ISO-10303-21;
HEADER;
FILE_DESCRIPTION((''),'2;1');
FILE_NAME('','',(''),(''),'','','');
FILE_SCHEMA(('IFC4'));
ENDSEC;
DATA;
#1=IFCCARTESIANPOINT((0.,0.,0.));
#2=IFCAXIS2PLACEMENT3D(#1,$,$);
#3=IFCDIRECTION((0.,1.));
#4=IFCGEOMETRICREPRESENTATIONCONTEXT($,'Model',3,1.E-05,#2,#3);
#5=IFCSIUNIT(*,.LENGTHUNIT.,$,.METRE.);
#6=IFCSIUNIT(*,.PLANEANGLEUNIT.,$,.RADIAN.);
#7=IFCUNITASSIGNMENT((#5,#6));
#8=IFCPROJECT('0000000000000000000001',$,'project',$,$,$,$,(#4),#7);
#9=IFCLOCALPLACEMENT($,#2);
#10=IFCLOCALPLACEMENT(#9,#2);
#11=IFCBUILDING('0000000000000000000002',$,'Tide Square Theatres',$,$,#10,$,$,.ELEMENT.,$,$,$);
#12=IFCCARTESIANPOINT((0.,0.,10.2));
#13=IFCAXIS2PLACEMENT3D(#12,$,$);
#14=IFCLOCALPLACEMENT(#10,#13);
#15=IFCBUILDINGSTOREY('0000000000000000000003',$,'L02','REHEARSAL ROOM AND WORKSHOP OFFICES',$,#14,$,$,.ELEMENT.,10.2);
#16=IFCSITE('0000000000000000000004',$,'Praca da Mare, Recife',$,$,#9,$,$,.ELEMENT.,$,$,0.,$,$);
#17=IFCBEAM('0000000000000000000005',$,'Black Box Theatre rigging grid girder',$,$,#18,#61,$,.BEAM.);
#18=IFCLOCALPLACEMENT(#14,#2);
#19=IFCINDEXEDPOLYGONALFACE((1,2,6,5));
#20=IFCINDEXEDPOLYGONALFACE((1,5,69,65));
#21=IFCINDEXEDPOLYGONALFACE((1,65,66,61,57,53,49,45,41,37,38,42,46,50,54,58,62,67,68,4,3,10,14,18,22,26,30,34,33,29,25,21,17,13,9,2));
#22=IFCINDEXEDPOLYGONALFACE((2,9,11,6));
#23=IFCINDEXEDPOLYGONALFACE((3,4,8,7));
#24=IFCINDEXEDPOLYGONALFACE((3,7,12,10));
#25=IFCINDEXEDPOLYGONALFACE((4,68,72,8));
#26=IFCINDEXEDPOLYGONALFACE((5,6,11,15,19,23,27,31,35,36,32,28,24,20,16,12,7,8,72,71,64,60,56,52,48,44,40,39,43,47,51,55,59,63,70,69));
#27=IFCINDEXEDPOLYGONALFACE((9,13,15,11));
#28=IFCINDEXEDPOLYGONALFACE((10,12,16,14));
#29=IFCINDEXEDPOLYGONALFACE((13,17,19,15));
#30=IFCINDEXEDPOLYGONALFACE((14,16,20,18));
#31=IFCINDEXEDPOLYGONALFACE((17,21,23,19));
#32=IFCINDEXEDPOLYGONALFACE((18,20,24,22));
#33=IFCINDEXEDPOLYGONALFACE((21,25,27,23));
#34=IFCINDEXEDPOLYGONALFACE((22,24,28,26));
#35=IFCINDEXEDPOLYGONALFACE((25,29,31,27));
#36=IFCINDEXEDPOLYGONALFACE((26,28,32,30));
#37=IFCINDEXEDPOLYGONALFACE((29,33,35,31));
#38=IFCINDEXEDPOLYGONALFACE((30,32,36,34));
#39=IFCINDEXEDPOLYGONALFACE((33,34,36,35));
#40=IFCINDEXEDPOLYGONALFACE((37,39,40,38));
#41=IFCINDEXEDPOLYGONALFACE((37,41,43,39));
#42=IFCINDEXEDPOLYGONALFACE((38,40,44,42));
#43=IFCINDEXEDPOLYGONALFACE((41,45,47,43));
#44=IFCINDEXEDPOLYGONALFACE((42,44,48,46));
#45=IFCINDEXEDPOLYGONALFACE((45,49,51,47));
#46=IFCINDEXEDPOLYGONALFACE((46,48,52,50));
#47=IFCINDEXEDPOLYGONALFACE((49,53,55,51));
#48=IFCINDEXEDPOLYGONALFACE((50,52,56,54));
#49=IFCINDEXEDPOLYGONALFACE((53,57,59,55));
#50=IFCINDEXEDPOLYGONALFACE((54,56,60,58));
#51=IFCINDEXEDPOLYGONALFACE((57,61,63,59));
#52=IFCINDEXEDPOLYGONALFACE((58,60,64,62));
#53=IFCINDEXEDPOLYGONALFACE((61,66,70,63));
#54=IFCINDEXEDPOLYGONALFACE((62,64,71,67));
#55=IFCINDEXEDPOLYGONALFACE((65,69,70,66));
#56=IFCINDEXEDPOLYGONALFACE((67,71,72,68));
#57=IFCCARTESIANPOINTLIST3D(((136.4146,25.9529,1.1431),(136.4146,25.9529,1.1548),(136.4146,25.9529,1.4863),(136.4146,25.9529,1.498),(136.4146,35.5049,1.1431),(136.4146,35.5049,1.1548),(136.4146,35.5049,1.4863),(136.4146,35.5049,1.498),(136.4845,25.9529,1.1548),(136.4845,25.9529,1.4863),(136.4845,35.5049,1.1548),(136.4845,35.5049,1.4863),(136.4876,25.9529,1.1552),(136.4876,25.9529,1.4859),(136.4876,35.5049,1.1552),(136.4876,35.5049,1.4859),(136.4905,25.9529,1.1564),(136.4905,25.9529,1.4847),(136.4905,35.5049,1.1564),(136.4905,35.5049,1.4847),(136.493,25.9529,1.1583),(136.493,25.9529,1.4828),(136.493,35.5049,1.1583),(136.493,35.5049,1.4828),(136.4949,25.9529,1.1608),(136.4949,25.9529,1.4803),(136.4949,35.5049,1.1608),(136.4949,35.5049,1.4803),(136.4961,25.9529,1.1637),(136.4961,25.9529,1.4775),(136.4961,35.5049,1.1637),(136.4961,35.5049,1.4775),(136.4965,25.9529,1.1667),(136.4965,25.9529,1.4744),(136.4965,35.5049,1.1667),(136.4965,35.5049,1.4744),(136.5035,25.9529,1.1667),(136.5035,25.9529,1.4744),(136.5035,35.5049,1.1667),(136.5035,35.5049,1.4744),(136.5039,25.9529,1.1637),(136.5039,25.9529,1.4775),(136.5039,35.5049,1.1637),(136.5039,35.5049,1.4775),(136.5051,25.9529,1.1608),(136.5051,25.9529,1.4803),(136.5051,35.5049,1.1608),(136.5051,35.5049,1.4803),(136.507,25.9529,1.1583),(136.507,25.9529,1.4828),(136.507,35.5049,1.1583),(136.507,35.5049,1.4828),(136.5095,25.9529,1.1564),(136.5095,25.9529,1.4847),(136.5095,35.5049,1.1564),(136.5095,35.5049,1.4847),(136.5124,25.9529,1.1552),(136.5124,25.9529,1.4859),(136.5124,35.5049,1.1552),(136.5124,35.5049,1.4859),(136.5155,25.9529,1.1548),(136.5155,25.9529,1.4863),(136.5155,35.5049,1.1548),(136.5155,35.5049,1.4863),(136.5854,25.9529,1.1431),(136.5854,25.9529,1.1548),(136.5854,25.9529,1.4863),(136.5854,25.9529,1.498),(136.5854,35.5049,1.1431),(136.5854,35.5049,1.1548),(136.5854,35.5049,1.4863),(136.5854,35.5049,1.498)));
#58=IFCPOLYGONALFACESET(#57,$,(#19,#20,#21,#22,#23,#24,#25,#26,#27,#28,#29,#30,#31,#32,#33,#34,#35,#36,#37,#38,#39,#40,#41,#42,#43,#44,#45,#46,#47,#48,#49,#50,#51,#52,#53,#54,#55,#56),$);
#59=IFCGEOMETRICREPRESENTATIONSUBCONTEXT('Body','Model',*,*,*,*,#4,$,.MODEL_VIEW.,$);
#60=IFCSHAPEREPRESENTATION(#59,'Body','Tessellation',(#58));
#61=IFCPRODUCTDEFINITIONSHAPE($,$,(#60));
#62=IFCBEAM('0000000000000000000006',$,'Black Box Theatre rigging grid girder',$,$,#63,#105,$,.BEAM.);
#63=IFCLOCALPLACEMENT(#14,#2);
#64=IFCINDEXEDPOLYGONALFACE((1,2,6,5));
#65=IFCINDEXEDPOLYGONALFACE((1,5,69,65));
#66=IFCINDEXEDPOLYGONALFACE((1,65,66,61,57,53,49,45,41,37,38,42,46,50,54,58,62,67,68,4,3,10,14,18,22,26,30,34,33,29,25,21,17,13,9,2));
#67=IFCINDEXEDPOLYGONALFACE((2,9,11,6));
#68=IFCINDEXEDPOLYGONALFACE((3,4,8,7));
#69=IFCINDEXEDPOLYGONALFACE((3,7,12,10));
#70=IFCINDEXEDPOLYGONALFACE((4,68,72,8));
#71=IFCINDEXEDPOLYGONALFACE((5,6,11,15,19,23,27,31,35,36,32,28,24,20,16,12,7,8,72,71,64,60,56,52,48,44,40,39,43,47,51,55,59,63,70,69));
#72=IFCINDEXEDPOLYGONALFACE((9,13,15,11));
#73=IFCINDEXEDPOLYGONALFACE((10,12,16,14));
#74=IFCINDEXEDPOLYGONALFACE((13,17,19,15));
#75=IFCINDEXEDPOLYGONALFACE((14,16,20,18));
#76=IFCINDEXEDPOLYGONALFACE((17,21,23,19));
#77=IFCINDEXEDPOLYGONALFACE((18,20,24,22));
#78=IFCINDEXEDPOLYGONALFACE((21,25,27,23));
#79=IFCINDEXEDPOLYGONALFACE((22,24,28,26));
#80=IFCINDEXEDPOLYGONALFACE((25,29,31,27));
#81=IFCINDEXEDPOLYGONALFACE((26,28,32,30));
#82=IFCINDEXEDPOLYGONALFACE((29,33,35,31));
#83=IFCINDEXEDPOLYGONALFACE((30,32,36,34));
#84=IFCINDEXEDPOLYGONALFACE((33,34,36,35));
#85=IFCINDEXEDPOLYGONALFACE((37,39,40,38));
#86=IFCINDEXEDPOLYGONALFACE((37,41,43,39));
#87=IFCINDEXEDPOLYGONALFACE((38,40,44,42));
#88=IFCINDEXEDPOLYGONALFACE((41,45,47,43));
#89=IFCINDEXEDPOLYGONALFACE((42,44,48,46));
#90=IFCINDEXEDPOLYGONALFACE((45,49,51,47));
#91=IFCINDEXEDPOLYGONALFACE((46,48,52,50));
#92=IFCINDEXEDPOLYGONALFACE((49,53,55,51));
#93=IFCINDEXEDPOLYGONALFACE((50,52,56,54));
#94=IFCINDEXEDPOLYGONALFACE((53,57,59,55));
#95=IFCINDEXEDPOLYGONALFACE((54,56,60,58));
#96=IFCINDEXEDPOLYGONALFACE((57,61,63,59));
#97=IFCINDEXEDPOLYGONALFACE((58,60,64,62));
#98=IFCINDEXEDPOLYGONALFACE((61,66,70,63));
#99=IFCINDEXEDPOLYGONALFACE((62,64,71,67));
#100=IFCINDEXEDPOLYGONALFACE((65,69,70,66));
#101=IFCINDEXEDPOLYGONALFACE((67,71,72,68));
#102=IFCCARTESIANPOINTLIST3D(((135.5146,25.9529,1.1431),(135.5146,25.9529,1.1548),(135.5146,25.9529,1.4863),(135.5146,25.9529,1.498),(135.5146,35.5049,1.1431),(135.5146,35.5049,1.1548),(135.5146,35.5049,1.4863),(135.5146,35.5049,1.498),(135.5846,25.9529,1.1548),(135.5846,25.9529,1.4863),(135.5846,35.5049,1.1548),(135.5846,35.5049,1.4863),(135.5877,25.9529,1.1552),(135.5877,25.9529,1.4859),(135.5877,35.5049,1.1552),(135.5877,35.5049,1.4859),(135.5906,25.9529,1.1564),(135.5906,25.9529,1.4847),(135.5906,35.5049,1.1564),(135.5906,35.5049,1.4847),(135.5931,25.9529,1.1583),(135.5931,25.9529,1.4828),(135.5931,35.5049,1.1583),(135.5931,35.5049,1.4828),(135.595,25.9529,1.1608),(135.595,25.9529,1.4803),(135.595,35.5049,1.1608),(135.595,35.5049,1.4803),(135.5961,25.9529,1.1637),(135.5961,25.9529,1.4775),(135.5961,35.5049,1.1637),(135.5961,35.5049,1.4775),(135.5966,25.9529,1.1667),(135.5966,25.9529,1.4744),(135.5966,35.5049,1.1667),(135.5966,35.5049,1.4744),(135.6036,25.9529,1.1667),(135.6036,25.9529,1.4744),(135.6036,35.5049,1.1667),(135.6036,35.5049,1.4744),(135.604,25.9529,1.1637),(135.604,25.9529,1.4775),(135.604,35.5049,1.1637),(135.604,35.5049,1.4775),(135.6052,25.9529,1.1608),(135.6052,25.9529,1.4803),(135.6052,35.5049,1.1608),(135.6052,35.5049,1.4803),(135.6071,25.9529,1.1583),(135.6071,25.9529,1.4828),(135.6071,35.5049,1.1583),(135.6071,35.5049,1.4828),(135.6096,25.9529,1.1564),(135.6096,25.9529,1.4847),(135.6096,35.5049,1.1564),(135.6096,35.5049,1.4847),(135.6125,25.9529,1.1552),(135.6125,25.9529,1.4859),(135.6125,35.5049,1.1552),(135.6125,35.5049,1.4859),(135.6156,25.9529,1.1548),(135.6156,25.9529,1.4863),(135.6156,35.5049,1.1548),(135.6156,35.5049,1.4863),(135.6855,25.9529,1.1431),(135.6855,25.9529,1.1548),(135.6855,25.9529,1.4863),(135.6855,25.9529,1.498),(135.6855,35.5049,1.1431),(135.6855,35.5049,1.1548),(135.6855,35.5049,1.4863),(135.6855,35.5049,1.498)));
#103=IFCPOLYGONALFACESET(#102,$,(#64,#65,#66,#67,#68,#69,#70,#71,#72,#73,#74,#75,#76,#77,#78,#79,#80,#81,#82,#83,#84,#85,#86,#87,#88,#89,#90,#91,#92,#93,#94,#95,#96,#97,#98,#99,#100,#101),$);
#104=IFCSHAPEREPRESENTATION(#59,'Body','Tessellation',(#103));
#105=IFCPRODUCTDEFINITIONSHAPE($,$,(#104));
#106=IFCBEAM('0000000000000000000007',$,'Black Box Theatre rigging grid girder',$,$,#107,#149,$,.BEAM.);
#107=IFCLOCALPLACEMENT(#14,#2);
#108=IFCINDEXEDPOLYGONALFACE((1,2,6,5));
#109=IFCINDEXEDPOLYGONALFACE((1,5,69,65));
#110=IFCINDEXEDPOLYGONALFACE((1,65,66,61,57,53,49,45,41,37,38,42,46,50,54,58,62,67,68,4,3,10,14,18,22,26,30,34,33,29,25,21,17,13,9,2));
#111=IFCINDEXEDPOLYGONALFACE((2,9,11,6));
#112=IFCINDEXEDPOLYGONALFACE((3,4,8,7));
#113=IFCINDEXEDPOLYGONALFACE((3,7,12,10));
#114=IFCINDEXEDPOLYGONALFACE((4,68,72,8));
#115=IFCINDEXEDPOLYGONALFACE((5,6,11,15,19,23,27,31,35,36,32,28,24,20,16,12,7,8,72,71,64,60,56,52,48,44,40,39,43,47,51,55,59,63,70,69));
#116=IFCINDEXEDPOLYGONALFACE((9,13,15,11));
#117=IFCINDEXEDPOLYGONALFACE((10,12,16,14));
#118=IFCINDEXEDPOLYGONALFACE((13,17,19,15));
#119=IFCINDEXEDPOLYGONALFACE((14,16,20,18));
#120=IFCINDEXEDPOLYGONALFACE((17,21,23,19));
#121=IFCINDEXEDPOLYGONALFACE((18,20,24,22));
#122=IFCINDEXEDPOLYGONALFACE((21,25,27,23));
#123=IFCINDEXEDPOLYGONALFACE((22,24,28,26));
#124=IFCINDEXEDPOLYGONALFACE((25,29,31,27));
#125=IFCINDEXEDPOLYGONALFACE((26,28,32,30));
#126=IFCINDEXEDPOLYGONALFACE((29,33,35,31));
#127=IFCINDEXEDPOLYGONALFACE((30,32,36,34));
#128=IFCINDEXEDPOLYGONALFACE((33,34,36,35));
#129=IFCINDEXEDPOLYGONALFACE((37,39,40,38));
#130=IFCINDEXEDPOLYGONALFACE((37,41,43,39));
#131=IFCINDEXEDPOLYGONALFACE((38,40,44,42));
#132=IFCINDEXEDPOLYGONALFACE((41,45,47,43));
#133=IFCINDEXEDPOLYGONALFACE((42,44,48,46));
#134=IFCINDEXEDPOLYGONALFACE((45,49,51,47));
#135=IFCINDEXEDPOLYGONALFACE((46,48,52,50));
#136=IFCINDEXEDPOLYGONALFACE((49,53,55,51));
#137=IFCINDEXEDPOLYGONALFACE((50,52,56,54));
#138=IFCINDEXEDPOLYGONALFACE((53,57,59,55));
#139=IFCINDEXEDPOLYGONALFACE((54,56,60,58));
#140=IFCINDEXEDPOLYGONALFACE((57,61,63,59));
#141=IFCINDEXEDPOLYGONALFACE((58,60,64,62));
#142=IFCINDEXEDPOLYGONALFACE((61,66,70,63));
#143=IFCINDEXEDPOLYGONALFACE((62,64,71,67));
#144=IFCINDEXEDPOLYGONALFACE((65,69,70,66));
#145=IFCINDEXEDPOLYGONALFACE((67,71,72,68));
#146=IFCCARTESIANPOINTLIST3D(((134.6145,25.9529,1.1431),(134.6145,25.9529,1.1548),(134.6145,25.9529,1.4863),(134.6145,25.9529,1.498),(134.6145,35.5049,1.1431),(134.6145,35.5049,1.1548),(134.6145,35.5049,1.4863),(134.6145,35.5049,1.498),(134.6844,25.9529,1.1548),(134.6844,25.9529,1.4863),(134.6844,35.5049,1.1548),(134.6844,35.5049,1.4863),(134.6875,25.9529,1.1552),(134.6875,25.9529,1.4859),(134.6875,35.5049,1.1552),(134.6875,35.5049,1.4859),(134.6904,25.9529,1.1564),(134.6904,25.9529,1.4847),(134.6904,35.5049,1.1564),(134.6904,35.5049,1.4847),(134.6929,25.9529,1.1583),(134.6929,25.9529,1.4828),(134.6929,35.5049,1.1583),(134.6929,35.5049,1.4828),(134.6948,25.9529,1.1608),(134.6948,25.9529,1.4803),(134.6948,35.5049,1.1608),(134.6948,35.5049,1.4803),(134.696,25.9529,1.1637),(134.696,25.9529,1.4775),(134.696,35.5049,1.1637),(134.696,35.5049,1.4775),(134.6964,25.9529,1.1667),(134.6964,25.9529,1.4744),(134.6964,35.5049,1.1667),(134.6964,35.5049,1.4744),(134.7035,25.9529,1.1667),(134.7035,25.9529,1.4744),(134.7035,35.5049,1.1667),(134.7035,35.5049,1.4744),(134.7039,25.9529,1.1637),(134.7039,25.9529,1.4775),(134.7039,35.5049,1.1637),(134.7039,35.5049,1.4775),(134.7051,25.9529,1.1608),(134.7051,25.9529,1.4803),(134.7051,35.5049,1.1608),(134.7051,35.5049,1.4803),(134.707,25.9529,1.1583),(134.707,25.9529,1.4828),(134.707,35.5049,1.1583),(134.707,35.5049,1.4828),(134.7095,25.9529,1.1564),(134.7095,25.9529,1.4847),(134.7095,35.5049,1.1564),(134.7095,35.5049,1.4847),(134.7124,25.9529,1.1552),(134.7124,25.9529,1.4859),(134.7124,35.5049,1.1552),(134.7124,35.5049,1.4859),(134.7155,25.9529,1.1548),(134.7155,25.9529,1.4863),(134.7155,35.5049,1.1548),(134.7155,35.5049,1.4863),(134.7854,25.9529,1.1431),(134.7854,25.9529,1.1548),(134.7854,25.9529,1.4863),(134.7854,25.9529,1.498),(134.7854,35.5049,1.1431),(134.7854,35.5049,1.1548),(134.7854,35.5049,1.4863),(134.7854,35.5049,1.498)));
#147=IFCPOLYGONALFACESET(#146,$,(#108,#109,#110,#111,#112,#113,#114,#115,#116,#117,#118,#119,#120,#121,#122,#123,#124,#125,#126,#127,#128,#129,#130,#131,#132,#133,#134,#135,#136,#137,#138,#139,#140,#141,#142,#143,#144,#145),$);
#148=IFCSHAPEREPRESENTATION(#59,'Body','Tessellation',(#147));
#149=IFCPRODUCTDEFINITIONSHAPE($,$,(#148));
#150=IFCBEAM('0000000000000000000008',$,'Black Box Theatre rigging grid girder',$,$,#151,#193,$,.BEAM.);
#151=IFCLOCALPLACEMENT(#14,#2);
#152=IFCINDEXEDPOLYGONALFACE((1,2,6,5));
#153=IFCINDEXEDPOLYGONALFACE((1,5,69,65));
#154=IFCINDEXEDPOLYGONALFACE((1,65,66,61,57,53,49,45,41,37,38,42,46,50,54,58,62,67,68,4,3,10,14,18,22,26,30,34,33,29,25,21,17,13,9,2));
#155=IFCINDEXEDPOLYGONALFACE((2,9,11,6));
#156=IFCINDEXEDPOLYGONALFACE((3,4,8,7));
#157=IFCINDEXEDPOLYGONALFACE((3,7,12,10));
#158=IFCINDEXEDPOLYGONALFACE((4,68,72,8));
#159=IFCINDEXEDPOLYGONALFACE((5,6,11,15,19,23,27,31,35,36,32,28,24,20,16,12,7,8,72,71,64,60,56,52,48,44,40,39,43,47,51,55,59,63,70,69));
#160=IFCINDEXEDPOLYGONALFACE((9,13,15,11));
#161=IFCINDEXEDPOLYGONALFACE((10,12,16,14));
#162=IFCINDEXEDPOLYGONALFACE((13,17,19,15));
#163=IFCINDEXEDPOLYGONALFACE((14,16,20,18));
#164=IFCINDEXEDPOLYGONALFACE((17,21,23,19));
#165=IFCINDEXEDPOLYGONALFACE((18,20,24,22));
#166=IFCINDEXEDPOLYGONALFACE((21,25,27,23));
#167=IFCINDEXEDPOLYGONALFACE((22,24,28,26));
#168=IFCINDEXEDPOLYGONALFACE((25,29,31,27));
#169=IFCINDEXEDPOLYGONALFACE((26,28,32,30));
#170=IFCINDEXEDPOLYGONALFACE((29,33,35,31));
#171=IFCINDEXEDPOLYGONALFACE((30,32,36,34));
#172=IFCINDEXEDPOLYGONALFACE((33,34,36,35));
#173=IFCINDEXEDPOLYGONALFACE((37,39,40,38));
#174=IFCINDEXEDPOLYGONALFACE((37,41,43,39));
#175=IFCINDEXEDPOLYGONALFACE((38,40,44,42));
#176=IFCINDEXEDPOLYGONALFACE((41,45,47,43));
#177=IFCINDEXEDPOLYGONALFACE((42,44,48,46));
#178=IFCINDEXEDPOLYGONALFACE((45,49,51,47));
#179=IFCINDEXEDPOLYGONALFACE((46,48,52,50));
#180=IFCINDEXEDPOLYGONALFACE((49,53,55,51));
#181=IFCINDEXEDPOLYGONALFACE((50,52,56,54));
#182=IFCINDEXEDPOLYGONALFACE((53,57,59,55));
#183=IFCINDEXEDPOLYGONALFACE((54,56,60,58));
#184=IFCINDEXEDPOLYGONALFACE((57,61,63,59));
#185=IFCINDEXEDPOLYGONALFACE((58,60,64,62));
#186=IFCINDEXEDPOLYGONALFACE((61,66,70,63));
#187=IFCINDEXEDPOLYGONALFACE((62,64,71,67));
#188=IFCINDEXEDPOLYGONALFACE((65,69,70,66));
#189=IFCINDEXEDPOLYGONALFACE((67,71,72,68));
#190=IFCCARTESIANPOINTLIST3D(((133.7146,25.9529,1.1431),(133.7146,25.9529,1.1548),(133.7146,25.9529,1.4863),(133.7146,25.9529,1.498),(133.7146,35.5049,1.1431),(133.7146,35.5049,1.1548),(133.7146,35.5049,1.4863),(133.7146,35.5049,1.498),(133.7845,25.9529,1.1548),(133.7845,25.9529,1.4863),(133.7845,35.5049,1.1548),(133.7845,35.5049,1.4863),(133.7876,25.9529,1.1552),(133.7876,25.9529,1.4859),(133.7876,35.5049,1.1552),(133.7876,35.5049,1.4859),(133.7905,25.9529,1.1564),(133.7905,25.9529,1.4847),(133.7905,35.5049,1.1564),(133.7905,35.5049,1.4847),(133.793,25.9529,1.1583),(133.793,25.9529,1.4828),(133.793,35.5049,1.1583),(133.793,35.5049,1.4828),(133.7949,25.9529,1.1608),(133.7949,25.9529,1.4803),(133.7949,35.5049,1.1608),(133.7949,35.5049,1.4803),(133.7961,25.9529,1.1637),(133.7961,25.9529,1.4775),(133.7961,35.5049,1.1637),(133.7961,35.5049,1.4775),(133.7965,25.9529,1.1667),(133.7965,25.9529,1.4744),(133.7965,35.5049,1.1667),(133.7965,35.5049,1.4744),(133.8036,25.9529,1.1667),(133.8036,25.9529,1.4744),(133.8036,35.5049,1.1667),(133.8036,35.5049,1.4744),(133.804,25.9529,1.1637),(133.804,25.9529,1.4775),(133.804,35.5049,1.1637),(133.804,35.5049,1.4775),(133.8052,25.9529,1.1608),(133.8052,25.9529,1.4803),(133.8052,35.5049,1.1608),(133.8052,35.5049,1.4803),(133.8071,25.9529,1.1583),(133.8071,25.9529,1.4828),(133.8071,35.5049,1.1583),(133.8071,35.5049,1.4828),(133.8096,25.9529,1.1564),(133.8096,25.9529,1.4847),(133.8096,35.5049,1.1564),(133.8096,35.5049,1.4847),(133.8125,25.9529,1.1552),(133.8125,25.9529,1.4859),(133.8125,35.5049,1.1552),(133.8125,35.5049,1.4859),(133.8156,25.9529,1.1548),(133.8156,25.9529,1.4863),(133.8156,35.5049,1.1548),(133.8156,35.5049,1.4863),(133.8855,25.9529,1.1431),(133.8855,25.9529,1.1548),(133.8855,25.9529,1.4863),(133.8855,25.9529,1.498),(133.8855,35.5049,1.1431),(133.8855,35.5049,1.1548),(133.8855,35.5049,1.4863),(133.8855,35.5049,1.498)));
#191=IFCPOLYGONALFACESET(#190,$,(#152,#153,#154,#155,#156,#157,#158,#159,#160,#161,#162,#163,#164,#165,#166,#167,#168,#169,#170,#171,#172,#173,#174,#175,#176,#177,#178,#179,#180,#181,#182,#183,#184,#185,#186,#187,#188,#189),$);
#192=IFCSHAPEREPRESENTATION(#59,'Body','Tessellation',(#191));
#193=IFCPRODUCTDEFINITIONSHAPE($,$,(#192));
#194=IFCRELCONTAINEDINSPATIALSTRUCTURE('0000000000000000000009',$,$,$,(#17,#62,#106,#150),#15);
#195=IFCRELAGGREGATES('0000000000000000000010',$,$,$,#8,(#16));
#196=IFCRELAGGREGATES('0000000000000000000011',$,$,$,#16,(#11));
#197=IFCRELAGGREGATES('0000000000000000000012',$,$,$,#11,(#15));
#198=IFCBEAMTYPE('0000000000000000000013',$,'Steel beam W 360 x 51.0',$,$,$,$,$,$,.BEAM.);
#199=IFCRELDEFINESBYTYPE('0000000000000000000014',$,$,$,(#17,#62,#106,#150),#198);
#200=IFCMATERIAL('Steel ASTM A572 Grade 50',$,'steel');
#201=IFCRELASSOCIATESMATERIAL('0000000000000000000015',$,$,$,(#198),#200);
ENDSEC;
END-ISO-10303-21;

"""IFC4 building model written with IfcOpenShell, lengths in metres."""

from ifc_helpers import new_model, si_unit, direction, frame, origin, origin_2d, place, context, subcontext, project, spatial, i_section, extrude, material, material_profile, profile_set, type_object, element, save


model = new_model("IFC4")

# Units and contexts
model_context = context("Model", 3, precision=1e-05, world=origin(), true_north=direction((0.0, 1.0)))
body_context = subcontext(model_context, "Body", "Model", "MODEL_VIEW")
ifc_project = project(units=[si_unit("LENGTHUNIT", "METRE"), si_unit("PLANEANGLEUNIT", "RADIAN")], contexts=[model_context])

# Site, building, storey
site_placement = place(None, origin())
site = spatial("IfcSite", under=ifc_project, at=site_placement, Name="Praca da Mare, Recife", CompositionType="ELEMENT", RefElevation=0.0)
building_placement = place(site_placement, origin())
building = spatial("IfcBuilding", under=site, at=building_placement, Name="Tide Square Theatres", CompositionType="ELEMENT")
storey_placement = place(building_placement, frame((0.0, 0.0, 10.2)))
storey = spatial("IfcBuildingStorey", under=building, at=storey_placement, Name="L02", Description="REHEARSAL ROOM AND WORKSHOP OFFICES", CompositionType="ELEMENT", Elevation=10.2)

# Beams
ifc_material_1 = material(Name="Steel ASTM A572 Grade 50", Category="steel")
ifc_material_profile_1 = material_profile(ifc_material_1, i_section(OverallWidth=0.1709, OverallDepth=0.355, WebThickness=0.0071, FlangeThickness=0.0117, FilletRadius=0.012, at=origin_2d()))
ifc_profile_set_1 = profile_set([ifc_material_profile_1], Name="Steel ASTM A572 Grade 50")
beam_type_1 = type_object("IfcBeamType", Name="Steel beam W 360 x 51.0", PredefinedType="BEAM", material=ifc_profile_set_1)
for number, where, z_axis, x_axis, name in (
    (1, (136.5, 25.9529, 1.3206), (0.0, 1.0, 0.0), (-1.0, 0.0, 0.0), "Black Box Theatre rigging grid girder"),
    (2, (135.6001, 25.9529, 1.3206), (0.0, 1.0, 0.0), (-1.0, 0.0, 0.0), "Black Box Theatre rigging grid girder"),
    (3, (134.7, 25.9529, 1.3206), (0.0, 1.0, 0.0), (-1.0, 0.0, 0.0), "Black Box Theatre rigging grid girder"),
    (4, (133.8, 25.9529, 1.3206), (0.0, 1.0, 0.0), (-1.0, 0.0, 0.0), "Black Box Theatre rigging grid girder"),
):
    element("IfcBeam", number, at=place(storey_placement, frame(where, z_axis=z_axis, x_axis=x_axis)), inside=storey, type_object=beam_type_1, Name=name, PredefinedType="BEAM", context=body_context, shape_type="SweptSolid", body=[
        extrude(i_section(OverallWidth=0.1709, OverallDepth=0.355, WebThickness=0.0071, FlangeThickness=0.0117, FilletRadius=0.012, at=origin_2d()), origin(), (0.0, 0.0, 1.0), 9.552),
    ])

save(model, "model.ifc")
